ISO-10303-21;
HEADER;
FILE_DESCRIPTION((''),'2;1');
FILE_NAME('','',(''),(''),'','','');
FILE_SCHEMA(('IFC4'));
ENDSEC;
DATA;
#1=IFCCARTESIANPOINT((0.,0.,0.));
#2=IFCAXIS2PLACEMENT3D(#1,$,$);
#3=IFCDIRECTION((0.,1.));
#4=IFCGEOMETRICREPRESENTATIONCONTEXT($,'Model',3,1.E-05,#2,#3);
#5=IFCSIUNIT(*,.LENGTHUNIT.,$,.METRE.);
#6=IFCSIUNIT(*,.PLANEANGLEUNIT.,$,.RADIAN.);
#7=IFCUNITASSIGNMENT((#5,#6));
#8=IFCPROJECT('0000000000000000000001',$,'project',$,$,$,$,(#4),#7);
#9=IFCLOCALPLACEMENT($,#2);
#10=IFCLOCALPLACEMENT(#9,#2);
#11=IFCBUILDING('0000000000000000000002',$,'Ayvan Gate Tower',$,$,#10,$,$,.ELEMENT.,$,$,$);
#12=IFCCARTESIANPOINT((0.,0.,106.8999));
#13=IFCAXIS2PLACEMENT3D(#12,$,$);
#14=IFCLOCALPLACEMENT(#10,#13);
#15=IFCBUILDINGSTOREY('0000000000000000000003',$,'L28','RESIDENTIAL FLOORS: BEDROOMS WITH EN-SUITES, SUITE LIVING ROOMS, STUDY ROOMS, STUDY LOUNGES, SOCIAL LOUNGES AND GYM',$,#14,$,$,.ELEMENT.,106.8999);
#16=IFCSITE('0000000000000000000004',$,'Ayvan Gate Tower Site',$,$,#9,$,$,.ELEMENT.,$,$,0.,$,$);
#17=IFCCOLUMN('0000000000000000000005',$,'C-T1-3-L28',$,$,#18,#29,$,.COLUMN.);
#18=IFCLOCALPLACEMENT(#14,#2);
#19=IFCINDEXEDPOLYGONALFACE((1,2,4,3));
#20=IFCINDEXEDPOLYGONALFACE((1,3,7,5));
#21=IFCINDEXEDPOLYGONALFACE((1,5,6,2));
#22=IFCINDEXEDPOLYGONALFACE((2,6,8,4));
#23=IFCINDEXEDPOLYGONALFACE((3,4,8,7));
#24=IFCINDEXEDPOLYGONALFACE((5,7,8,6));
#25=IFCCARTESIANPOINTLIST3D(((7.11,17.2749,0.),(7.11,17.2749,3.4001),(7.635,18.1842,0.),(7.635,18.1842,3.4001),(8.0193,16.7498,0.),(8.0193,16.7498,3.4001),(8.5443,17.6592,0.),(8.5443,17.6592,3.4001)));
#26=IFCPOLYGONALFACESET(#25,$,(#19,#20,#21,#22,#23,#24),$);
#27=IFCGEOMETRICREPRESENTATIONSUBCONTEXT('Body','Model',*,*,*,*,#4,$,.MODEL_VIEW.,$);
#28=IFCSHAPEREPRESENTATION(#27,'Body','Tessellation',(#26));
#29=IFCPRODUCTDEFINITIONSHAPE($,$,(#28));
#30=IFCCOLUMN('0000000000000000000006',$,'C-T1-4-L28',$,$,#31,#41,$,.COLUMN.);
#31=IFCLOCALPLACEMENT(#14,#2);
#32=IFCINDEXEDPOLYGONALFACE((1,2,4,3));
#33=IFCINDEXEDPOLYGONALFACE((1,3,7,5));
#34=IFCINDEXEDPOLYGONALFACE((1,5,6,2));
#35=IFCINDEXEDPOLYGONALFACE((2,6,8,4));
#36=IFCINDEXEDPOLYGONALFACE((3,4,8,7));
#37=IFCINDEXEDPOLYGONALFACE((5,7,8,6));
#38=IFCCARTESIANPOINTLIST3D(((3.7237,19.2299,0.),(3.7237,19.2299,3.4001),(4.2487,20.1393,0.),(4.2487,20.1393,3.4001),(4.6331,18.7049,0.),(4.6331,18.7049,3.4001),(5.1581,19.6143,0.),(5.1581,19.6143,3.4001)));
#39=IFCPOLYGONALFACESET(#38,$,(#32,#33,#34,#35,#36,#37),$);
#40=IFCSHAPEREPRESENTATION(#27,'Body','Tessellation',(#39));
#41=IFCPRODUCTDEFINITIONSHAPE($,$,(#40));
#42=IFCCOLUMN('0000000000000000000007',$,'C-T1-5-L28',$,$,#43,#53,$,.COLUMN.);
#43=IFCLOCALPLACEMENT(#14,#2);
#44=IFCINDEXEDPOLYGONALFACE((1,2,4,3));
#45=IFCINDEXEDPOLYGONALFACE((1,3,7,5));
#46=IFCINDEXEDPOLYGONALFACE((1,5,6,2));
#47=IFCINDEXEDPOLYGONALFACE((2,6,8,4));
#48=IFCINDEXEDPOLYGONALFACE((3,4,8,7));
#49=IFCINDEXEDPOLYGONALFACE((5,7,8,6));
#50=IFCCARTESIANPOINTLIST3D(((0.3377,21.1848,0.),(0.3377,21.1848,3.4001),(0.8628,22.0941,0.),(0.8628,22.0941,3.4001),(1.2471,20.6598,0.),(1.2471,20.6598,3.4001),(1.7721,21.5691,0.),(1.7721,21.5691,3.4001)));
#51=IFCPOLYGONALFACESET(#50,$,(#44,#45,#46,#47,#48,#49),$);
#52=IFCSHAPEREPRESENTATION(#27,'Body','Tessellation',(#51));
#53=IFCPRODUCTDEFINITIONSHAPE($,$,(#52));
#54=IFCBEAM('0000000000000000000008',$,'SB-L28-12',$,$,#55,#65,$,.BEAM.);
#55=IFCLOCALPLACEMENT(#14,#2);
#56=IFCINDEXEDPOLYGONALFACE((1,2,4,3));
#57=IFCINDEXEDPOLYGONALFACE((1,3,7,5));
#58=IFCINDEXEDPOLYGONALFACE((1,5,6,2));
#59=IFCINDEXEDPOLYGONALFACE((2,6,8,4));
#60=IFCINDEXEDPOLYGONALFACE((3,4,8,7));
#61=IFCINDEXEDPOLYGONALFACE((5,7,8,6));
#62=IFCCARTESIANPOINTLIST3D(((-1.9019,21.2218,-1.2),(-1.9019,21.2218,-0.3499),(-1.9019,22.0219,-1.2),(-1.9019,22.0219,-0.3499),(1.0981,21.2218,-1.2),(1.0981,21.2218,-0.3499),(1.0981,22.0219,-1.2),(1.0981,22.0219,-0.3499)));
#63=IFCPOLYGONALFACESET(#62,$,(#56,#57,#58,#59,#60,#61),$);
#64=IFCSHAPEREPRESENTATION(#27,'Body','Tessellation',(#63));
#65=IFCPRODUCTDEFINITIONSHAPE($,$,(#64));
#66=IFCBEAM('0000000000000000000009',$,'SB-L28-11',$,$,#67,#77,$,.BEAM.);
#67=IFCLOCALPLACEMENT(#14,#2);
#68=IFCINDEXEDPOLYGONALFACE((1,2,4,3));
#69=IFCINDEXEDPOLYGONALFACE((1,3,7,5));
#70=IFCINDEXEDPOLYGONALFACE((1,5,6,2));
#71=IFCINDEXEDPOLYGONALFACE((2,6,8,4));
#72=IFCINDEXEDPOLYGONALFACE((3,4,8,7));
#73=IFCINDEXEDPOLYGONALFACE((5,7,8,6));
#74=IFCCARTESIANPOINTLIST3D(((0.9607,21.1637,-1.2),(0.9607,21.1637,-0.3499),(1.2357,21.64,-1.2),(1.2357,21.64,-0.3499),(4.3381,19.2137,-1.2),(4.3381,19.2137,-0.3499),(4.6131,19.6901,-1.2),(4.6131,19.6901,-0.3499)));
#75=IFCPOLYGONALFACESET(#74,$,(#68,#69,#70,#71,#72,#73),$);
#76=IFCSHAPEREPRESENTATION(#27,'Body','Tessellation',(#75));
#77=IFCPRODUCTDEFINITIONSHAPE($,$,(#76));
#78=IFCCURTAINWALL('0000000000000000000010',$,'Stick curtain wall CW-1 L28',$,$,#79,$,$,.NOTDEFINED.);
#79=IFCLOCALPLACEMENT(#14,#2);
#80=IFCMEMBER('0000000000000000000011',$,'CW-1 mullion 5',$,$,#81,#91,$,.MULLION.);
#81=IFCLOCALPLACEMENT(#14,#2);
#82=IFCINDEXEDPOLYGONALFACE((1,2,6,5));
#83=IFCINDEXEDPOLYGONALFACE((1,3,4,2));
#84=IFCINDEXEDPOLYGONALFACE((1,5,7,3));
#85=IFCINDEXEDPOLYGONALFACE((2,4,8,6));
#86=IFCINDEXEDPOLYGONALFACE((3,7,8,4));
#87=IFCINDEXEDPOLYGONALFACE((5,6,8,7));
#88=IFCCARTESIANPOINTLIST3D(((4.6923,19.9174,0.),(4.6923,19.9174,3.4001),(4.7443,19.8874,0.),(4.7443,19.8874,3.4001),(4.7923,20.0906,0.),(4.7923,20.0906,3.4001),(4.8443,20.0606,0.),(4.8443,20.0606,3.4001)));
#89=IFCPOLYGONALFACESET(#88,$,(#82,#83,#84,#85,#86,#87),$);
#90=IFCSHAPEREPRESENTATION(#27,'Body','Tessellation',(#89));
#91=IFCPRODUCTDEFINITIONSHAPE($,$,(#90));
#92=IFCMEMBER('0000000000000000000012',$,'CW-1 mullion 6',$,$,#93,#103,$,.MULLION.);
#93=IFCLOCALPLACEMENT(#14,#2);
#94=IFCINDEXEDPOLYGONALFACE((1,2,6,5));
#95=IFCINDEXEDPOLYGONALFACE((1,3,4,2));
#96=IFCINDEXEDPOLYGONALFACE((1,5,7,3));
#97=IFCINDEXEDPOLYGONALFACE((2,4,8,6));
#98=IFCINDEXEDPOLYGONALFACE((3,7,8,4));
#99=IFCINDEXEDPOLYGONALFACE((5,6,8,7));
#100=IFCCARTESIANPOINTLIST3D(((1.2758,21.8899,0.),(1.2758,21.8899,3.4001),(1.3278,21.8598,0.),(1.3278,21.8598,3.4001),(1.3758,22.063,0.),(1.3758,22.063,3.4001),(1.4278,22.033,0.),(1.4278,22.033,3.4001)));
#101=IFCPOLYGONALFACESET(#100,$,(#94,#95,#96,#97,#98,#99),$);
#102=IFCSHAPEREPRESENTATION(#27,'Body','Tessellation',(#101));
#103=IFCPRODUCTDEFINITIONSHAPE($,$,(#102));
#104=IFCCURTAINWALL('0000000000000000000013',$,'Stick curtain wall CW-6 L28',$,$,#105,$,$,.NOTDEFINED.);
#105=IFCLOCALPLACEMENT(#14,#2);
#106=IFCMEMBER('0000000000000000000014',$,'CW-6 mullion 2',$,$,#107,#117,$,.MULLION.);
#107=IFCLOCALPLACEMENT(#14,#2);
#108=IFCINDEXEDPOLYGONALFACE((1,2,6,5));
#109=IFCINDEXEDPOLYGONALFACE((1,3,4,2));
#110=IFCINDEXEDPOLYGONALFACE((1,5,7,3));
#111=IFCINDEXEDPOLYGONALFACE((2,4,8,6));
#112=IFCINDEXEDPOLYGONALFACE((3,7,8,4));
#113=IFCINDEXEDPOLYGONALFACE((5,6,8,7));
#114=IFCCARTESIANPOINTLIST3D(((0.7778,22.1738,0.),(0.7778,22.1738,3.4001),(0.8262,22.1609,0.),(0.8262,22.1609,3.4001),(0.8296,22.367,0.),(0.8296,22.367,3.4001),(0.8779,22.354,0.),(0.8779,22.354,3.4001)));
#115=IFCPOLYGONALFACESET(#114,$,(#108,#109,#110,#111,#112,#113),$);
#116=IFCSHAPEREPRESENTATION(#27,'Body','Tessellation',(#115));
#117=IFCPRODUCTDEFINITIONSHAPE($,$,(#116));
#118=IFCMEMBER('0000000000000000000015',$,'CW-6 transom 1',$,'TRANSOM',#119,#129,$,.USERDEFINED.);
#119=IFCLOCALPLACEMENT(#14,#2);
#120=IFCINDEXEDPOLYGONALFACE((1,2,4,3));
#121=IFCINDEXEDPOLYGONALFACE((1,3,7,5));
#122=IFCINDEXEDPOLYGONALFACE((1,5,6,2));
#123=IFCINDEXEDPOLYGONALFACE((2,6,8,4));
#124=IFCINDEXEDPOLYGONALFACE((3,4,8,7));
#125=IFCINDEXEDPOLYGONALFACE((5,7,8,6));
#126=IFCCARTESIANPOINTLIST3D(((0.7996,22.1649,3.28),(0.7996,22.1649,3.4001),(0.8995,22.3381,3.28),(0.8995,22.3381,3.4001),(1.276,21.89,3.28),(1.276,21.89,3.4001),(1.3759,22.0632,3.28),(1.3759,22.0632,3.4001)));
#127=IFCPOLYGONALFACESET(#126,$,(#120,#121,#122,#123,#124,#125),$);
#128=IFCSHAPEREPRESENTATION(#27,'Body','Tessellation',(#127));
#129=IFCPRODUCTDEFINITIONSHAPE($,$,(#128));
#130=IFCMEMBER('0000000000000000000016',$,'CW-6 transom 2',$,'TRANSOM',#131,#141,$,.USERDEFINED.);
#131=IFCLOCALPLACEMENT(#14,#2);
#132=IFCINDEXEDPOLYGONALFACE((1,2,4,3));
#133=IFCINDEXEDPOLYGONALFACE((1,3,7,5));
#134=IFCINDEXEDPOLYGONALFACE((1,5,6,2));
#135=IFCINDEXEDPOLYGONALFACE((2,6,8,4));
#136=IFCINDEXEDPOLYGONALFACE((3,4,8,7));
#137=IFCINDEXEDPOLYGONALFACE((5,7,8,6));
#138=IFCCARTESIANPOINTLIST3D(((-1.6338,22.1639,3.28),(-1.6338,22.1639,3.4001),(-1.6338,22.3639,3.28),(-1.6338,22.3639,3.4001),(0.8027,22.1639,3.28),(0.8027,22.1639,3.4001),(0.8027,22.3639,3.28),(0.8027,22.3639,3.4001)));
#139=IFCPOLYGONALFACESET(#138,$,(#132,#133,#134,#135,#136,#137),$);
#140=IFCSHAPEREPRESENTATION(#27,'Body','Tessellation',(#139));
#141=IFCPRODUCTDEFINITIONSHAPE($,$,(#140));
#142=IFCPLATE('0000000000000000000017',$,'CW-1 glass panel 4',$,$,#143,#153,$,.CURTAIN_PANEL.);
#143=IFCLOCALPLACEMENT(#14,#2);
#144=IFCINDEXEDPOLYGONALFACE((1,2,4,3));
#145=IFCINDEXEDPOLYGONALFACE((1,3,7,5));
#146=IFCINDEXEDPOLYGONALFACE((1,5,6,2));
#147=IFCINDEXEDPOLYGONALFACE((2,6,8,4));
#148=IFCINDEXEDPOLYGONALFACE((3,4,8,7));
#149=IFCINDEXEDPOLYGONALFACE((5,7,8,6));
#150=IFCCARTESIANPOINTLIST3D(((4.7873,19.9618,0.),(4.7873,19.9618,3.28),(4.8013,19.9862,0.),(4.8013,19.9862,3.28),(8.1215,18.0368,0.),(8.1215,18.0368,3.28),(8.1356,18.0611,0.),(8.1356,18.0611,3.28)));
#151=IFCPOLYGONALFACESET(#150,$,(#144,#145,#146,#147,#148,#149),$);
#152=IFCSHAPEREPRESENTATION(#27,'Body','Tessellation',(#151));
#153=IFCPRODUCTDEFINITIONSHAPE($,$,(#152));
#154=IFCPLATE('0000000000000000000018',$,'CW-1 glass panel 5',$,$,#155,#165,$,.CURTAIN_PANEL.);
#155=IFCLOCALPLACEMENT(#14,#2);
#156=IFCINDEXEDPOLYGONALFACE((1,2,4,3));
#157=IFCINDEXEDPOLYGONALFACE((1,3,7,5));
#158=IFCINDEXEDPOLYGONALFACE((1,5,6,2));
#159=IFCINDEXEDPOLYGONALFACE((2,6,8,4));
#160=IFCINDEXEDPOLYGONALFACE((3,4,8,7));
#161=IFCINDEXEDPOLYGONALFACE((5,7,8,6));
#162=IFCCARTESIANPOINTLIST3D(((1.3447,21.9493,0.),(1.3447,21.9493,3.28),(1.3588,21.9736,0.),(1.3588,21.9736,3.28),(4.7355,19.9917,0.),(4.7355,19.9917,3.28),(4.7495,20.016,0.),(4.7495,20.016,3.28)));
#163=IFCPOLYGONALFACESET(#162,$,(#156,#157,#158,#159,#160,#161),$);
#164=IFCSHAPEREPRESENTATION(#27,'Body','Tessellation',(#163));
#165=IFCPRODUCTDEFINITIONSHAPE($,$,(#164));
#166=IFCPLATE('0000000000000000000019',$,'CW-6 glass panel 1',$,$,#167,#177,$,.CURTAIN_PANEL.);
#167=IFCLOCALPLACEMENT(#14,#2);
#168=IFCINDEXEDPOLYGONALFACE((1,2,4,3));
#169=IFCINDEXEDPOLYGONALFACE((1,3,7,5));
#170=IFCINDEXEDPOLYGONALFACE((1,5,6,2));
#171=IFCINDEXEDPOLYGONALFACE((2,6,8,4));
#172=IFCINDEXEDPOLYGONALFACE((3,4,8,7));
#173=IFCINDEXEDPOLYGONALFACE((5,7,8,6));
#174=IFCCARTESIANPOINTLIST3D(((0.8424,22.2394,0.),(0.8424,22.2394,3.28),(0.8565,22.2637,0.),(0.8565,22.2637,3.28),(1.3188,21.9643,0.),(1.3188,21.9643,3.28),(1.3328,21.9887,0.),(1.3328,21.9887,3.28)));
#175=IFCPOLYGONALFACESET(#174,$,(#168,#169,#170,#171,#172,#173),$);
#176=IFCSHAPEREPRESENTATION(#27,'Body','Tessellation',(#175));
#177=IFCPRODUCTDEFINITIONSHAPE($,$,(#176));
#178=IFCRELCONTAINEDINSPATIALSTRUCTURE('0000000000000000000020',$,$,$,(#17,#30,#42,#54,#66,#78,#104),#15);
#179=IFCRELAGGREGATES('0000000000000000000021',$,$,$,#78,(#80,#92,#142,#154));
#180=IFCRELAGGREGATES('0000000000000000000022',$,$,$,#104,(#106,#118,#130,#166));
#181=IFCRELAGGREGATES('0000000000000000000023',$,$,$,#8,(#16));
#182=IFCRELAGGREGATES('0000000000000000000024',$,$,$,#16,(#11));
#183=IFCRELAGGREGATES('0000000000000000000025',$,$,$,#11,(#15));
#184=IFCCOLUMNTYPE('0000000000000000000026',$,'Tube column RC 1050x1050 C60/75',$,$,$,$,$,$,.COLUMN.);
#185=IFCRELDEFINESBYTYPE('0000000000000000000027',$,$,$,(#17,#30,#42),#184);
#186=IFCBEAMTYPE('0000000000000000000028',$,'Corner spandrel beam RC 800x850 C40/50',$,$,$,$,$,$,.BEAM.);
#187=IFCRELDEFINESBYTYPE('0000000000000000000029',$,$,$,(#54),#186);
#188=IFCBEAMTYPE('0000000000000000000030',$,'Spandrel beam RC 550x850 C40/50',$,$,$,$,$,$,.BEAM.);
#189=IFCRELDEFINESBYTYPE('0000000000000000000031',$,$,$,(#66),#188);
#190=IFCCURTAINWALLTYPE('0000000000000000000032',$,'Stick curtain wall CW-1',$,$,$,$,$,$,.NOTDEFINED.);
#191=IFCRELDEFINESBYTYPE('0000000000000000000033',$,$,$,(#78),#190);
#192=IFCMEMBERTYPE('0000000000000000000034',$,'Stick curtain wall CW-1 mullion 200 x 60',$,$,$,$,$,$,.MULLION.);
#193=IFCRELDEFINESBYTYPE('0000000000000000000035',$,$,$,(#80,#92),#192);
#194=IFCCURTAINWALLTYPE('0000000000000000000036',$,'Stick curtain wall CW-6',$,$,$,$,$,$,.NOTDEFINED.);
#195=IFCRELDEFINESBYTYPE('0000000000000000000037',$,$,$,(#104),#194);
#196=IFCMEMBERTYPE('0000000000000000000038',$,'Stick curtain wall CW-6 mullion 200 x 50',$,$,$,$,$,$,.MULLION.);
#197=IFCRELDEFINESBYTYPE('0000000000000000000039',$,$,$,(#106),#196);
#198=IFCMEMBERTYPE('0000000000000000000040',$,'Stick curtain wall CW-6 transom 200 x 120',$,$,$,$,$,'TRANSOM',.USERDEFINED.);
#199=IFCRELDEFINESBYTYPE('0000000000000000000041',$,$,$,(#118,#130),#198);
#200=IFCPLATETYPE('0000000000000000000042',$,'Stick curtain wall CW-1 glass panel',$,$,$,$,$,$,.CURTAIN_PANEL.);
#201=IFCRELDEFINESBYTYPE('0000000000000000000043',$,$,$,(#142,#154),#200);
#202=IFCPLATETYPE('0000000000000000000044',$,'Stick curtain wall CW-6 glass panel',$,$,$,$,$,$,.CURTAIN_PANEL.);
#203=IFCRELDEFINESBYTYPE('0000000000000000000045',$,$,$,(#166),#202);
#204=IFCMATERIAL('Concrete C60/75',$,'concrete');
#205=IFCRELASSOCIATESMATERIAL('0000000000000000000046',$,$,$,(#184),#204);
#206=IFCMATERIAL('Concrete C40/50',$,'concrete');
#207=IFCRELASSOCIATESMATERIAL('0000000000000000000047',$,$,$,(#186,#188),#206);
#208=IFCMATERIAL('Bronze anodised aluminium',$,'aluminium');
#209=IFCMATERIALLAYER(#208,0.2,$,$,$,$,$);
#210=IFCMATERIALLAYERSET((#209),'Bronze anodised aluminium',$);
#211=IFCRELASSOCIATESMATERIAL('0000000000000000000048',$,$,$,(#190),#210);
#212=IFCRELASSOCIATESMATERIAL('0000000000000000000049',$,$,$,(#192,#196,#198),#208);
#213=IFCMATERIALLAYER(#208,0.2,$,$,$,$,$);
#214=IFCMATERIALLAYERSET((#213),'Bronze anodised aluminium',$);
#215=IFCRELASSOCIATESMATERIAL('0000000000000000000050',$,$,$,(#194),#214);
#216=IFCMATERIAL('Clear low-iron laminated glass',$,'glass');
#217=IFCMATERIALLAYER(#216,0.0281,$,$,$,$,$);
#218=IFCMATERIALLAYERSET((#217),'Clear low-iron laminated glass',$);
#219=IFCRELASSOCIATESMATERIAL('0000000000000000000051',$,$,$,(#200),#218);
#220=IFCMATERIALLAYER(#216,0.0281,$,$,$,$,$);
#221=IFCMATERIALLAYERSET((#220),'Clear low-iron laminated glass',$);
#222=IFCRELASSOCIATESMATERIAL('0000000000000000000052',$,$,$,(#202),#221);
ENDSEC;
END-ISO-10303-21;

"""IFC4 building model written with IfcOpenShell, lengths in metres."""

from ifc_helpers import new_model, si_unit, direction, frame, origin, origin_2d, place, context, subcontext, project, spatial, rectangle, extrude, material, layer, layer_set, material_profile, profile_set, type_object, element, aggregate, save


model = new_model("IFC4")

# Units and contexts
model_context = context("Model", 3, precision=1e-05, world=origin(), true_north=direction((0.0, 1.0)))
body_context = subcontext(model_context, "Body", "Model", "MODEL_VIEW")
ifc_project = project(units=[si_unit("LENGTHUNIT", "METRE"), si_unit("PLANEANGLEUNIT", "RADIAN")], contexts=[model_context])

# Site, building, storey
site_placement = place(None, origin())
site = spatial("IfcSite", under=ifc_project, at=site_placement, Name="Ayvan Gate Tower Site", CompositionType="ELEMENT", RefElevation=0.0)
building_placement = place(site_placement, origin())
building = spatial("IfcBuilding", under=site, at=building_placement, Name="Ayvan Gate Tower", CompositionType="ELEMENT")
storey_placement = place(building_placement, frame((0.0, 0.0, 106.8999)))
storey = spatial("IfcBuildingStorey", under=building, at=storey_placement, Name="L28", Description="RESIDENTIAL FLOORS: BEDROOMS WITH EN-SUITES, SUITE LIVING ROOMS, STUDY ROOMS, STUDY LOUNGES, SOCIAL LOUNGES AND GYM", CompositionType="ELEMENT", Elevation=106.8999)

# Columns
ifc_material_1 = material(Name="Concrete C60/75", Category="concrete")
ifc_material_profile_1 = material_profile(ifc_material_1, rectangle(XDim=1.05, YDim=1.05, at=origin_2d()), Name="RC 1050x1050")
ifc_profile_set_1 = profile_set([ifc_material_profile_1], Name="Concrete C60/75")
column_type = type_object("IfcColumnType", Name="Tube column RC 1050x1050 C60/75", PredefinedType="COLUMN", material=ifc_profile_set_1)
for number, where, z_axis, x_axis, name in (
    (1, (7.8271, 17.467, 0.0), (0.0, 0.0, 1.0), (0.5, 0.866025, 0.0), "C-T1-3-L28"),
    (2, (4.4409, 19.4221, 0.0), (0.0, 0.0, 1.0), (0.5, 0.866025, 0.0), "C-T1-4-L28"),
    (3, (1.0549, 21.377, 0.0), (0.0, 0.0, 1.0), (0.5, 0.866025, 0.0), "C-T1-5-L28"),
):
    element("IfcColumn", number, at=place(storey_placement, frame(where, z_axis=z_axis, x_axis=x_axis)), inside=storey, type_object=column_type, Name=name, PredefinedType="COLUMN", context=body_context, shape_type="SweptSolid", body=[
        extrude(rectangle(XDim=1.05, YDim=1.05, at=origin_2d()), origin(), (0.0, 0.0, 1.0), 3.4001),
    ])

# Beams
ifc_material_2 = material(Name="Concrete C40/50", Category="concrete")
ifc_material_profile_2 = material_profile(ifc_material_2, rectangle(XDim=0.8, YDim=0.8501, at=origin_2d()), Name="RC 800x850")
ifc_profile_set_2 = profile_set([ifc_material_profile_2], Name="Concrete C40/50")
beam_type_1 = type_object("IfcBeamType", Name="Corner spandrel beam RC 800x850 C40/50", PredefinedType="BEAM", material=ifc_profile_set_2)
beam_1_placement = place(storey_placement, frame((1.0981, 21.6218, -0.7749), z_axis=(-1.0, 0.0, 0.0), x_axis=(0.0, -1.0, 0.0)))
element("IfcBeam", 4, at=beam_1_placement, inside=storey, type_object=beam_type_1, Name="SB-L28-12", PredefinedType="BEAM", context=body_context, shape_type="SweptSolid", body=[
    extrude(rectangle(XDim=0.8, YDim=0.8501, at=origin_2d()), origin(), (0.0, 0.0, 1.0), 3.0),
])
ifc_material_profile_3 = material_profile(ifc_material_2, rectangle(XDim=0.55, YDim=0.8501, at=origin_2d()), Name="RC 550x850")
ifc_profile_set_3 = profile_set([ifc_material_profile_3], Name="Concrete C40/50")
beam_type_2 = type_object("IfcBeamType", Name="Spandrel beam RC 550x850 C40/50", PredefinedType="BEAM", material=ifc_profile_set_3)
beam_2_placement = place(storey_placement, frame((4.4756, 19.4519, -0.7749), z_axis=(-0.866027, 0.499997, 0.0), x_axis=(-0.499997, -0.866027, 0.0)))
element("IfcBeam", 5, at=beam_2_placement, inside=storey, type_object=beam_type_2, Name="SB-L28-11", PredefinedType="BEAM", context=body_context, shape_type="SweptSolid", body=[
    extrude(rectangle(XDim=0.55, YDim=0.8501, at=origin_2d()), origin(), (0.0, 0.0, 1.0), 3.8999),
])

# Curtain walls, members
ifc_material_3 = material(Name="Bronze anodised aluminium", Category="aluminium")
ifc_layer_1 = layer(ifc_material_3, 0.2)
ifc_layer_set_1 = layer_set([ifc_layer_1], Name="Bronze anodised aluminium")
curtain_wall_type_1 = type_object("IfcCurtainWallType", Name="Stick curtain wall CW-1", PredefinedType="NOTDEFINED", material=ifc_layer_set_1)
curtain_wall_1_placement = place(storey_placement, origin())
curtain_wall_1 = element("IfcCurtainWall", 6, at=curtain_wall_1_placement, inside=storey, type_object=curtain_wall_type_1, Name="Stick curtain wall CW-1 L28", PredefinedType="NOTDEFINED")
ifc_material_profile_4 = material_profile(ifc_material_3, rectangle(XDim=0.2, YDim=0.0601, at=origin_2d()), Name="Stick curtain wall CW-1 mullion 200 x 60")
ifc_profile_set_4 = profile_set([ifc_material_profile_4], Name="Bronze anodised aluminium")
member_type_1 = type_object("IfcMemberType", Name="Stick curtain wall CW-1 mullion 200 x 60", PredefinedType="MULLION", material=ifc_profile_set_4)
member_1_placement = place(storey_placement, frame((4.7683, 19.989, 0.0), z_axis=(0.0, 0.0, 1.0), x_axis=(0.5, 0.866025, 0.0)))
member_1 = element("IfcMember", 7, at=member_1_placement, type_object=member_type_1, Name="CW-1 mullion 5", PredefinedType="MULLION", context=body_context, shape_type="SweptSolid", body=[
    extrude(rectangle(XDim=0.2, YDim=0.0601, at=origin_2d()), origin(), (0.0, 0.0, 1.0), 3.4001),
])
member_2_placement = place(storey_placement, frame((1.3518, 21.9614, 0.0), z_axis=(0.0, 0.0, 1.0), x_axis=(0.5, 0.866025, 0.0)))
member_2 = element("IfcMember", 8, at=member_2_placement, type_object=member_type_1, Name="CW-1 mullion 6", PredefinedType="MULLION", context=body_context, shape_type="SweptSolid", body=[
    extrude(rectangle(XDim=0.2, YDim=0.0601, at=origin_2d()), origin(), (0.0, 0.0, 1.0), 3.4001),
])
ifc_layer_2 = layer(ifc_material_3, 0.2)
ifc_layer_set_2 = layer_set([ifc_layer_2], Name="Bronze anodised aluminium")
curtain_wall_type_2 = type_object("IfcCurtainWallType", Name="Stick curtain wall CW-6", PredefinedType="NOTDEFINED", material=ifc_layer_set_2)
curtain_wall_2_placement = place(storey_placement, origin())
curtain_wall_2 = element("IfcCurtainWall", 9, at=curtain_wall_2_placement, inside=storey, type_object=curtain_wall_type_2, Name="Stick curtain wall CW-6 L28", PredefinedType="NOTDEFINED")
ifc_material_profile_5 = material_profile(ifc_material_3, rectangle(XDim=0.2, YDim=0.05, at=origin_2d()), Name="Stick curtain wall CW-6 mullion 200 x 50")
ifc_profile_set_5 = profile_set([ifc_material_profile_5], Name="Bronze anodised aluminium")
member_type_2 = type_object("IfcMemberType", Name="Stick curtain wall CW-6 mullion 200 x 50", PredefinedType="MULLION", material=ifc_profile_set_5)
member_3_placement = place(storey_placement, frame((0.8279, 22.2639, 0.0), z_axis=(0.0, 0.0, 1.0), x_axis=(0.258819, 0.965926, 0.0)))
member_3 = element("IfcMember", 10, at=member_3_placement, type_object=member_type_2, Name="CW-6 mullion 2", PredefinedType="MULLION", context=body_context, shape_type="SweptSolid", body=[
    extrude(rectangle(XDim=0.2, YDim=0.05, at=origin_2d()), origin(), (0.0, 0.0, 1.0), 3.4001),
])
ifc_material_profile_6 = material_profile(ifc_material_3, rectangle(XDim=0.2, YDim=0.1201, at=origin_2d()), Name="Stick curtain wall CW-6 transom 200 x 120")
ifc_profile_set_6 = profile_set([ifc_material_profile_6], Name="Bronze anodised aluminium")
member_type_3 = type_object("IfcMemberType", Name="Stick curtain wall CW-6 transom 200 x 120", ElementType="TRANSOM", PredefinedType="USERDEFINED", material=ifc_profile_set_6)
member_4_placement = place(storey_placement, frame((1.3259, 21.9766, 3.3401), z_axis=(-0.866104, 0.499863, 0.0), x_axis=(-0.499863, -0.866104, 0.0)))
member_4 = element("IfcMember", 11, at=member_4_placement, type_object=member_type_3, Name="CW-6 transom 1", ObjectType="TRANSOM", PredefinedType="USERDEFINED", context=body_context, shape_type="SweptSolid", body=[
    extrude(rectangle(XDim=0.2, YDim=0.1201, at=origin_2d()), origin(), (0.0, 0.0, 1.0), 0.55),
])
member_5_placement = place(storey_placement, frame((0.8027, 22.2639, 3.3401), z_axis=(-1.0, 0.0, 0.0), x_axis=(0.0, -1.0, 0.0)))
member_5 = element("IfcMember", 12, at=member_5_placement, type_object=member_type_3, Name="CW-6 transom 2", ObjectType="TRANSOM", PredefinedType="USERDEFINED", context=body_context, shape_type="SweptSolid", body=[
    extrude(rectangle(XDim=0.2, YDim=0.1201, at=origin_2d()), origin(), (0.0, 0.0, 1.0), 2.4365),
])

# Plates
ifc_material_4 = material(Name="Clear low-iron laminated glass", Category="glass")
ifc_layer_3 = layer(ifc_material_4, 0.0281)
ifc_layer_set_3 = layer_set([ifc_layer_3], Name="Clear low-iron laminated glass")
plate_type_1 = type_object("IfcPlateType", Name="Stick curtain wall CW-1 glass panel", PredefinedType="CURTAIN_PANEL", material=ifc_layer_set_3)
plate_1_placement = place(storey_placement, frame((6.4614, 19.0115, 0.0), z_axis=(0.0, 0.0, 1.0), x_axis=(-0.866025, 0.5, 0.0)))
plate_1 = element("IfcPlate", 13, at=plate_1_placement, type_object=plate_type_1, Name="CW-1 glass panel 4", PredefinedType="CURTAIN_PANEL", context=body_context, shape_type="SweptSolid", body=[
    extrude(rectangle(XDim=3.8501, YDim=0.0281, at=origin_2d()), origin(), (0.0, 0.0, 1.0), 3.28),
])
plate_2_placement = place(storey_placement, frame((3.0471, 20.9827, 0.0), z_axis=(0.0, 0.0, 1.0), x_axis=(-0.866025, 0.5, 0.0)))
plate_2 = element("IfcPlate", 14, at=plate_2_placement, type_object=plate_type_1, Name="CW-1 glass panel 5", PredefinedType="CURTAIN_PANEL", context=body_context, shape_type="SweptSolid", body=[
    extrude(rectangle(XDim=3.9153, YDim=0.0281, at=origin_2d()), origin(), (0.0, 0.0, 1.0), 3.28),
])
aggregate(curtain_wall_1, [member_1, member_2, plate_1, plate_2])
ifc_layer_4 = layer(ifc_material_4, 0.0281)
ifc_layer_set_4 = layer_set([ifc_layer_4], Name="Clear low-iron laminated glass")
plate_type_2 = type_object("IfcPlateType", Name="Stick curtain wall CW-6 glass panel", PredefinedType="CURTAIN_PANEL", material=ifc_layer_set_4)
plate_3_placement = place(storey_placement, frame((1.0876, 22.114, 0.0), z_axis=(0.0, 0.0, 1.0), x_axis=(-0.866025, 0.5, 0.0)))
plate_3 = element("IfcPlate", 15, at=plate_3_placement, type_object=plate_type_2, Name="CW-6 glass panel 1", PredefinedType="CURTAIN_PANEL", context=body_context, shape_type="SweptSolid", body=[
    extrude(rectangle(XDim=0.55, YDim=0.0281, at=origin_2d()), origin(), (0.0, 0.0, 1.0), 3.28),
])
aggregate(curtain_wall_2, [member_3, member_4, member_5, plate_3])

save(model, "model.ifc")
